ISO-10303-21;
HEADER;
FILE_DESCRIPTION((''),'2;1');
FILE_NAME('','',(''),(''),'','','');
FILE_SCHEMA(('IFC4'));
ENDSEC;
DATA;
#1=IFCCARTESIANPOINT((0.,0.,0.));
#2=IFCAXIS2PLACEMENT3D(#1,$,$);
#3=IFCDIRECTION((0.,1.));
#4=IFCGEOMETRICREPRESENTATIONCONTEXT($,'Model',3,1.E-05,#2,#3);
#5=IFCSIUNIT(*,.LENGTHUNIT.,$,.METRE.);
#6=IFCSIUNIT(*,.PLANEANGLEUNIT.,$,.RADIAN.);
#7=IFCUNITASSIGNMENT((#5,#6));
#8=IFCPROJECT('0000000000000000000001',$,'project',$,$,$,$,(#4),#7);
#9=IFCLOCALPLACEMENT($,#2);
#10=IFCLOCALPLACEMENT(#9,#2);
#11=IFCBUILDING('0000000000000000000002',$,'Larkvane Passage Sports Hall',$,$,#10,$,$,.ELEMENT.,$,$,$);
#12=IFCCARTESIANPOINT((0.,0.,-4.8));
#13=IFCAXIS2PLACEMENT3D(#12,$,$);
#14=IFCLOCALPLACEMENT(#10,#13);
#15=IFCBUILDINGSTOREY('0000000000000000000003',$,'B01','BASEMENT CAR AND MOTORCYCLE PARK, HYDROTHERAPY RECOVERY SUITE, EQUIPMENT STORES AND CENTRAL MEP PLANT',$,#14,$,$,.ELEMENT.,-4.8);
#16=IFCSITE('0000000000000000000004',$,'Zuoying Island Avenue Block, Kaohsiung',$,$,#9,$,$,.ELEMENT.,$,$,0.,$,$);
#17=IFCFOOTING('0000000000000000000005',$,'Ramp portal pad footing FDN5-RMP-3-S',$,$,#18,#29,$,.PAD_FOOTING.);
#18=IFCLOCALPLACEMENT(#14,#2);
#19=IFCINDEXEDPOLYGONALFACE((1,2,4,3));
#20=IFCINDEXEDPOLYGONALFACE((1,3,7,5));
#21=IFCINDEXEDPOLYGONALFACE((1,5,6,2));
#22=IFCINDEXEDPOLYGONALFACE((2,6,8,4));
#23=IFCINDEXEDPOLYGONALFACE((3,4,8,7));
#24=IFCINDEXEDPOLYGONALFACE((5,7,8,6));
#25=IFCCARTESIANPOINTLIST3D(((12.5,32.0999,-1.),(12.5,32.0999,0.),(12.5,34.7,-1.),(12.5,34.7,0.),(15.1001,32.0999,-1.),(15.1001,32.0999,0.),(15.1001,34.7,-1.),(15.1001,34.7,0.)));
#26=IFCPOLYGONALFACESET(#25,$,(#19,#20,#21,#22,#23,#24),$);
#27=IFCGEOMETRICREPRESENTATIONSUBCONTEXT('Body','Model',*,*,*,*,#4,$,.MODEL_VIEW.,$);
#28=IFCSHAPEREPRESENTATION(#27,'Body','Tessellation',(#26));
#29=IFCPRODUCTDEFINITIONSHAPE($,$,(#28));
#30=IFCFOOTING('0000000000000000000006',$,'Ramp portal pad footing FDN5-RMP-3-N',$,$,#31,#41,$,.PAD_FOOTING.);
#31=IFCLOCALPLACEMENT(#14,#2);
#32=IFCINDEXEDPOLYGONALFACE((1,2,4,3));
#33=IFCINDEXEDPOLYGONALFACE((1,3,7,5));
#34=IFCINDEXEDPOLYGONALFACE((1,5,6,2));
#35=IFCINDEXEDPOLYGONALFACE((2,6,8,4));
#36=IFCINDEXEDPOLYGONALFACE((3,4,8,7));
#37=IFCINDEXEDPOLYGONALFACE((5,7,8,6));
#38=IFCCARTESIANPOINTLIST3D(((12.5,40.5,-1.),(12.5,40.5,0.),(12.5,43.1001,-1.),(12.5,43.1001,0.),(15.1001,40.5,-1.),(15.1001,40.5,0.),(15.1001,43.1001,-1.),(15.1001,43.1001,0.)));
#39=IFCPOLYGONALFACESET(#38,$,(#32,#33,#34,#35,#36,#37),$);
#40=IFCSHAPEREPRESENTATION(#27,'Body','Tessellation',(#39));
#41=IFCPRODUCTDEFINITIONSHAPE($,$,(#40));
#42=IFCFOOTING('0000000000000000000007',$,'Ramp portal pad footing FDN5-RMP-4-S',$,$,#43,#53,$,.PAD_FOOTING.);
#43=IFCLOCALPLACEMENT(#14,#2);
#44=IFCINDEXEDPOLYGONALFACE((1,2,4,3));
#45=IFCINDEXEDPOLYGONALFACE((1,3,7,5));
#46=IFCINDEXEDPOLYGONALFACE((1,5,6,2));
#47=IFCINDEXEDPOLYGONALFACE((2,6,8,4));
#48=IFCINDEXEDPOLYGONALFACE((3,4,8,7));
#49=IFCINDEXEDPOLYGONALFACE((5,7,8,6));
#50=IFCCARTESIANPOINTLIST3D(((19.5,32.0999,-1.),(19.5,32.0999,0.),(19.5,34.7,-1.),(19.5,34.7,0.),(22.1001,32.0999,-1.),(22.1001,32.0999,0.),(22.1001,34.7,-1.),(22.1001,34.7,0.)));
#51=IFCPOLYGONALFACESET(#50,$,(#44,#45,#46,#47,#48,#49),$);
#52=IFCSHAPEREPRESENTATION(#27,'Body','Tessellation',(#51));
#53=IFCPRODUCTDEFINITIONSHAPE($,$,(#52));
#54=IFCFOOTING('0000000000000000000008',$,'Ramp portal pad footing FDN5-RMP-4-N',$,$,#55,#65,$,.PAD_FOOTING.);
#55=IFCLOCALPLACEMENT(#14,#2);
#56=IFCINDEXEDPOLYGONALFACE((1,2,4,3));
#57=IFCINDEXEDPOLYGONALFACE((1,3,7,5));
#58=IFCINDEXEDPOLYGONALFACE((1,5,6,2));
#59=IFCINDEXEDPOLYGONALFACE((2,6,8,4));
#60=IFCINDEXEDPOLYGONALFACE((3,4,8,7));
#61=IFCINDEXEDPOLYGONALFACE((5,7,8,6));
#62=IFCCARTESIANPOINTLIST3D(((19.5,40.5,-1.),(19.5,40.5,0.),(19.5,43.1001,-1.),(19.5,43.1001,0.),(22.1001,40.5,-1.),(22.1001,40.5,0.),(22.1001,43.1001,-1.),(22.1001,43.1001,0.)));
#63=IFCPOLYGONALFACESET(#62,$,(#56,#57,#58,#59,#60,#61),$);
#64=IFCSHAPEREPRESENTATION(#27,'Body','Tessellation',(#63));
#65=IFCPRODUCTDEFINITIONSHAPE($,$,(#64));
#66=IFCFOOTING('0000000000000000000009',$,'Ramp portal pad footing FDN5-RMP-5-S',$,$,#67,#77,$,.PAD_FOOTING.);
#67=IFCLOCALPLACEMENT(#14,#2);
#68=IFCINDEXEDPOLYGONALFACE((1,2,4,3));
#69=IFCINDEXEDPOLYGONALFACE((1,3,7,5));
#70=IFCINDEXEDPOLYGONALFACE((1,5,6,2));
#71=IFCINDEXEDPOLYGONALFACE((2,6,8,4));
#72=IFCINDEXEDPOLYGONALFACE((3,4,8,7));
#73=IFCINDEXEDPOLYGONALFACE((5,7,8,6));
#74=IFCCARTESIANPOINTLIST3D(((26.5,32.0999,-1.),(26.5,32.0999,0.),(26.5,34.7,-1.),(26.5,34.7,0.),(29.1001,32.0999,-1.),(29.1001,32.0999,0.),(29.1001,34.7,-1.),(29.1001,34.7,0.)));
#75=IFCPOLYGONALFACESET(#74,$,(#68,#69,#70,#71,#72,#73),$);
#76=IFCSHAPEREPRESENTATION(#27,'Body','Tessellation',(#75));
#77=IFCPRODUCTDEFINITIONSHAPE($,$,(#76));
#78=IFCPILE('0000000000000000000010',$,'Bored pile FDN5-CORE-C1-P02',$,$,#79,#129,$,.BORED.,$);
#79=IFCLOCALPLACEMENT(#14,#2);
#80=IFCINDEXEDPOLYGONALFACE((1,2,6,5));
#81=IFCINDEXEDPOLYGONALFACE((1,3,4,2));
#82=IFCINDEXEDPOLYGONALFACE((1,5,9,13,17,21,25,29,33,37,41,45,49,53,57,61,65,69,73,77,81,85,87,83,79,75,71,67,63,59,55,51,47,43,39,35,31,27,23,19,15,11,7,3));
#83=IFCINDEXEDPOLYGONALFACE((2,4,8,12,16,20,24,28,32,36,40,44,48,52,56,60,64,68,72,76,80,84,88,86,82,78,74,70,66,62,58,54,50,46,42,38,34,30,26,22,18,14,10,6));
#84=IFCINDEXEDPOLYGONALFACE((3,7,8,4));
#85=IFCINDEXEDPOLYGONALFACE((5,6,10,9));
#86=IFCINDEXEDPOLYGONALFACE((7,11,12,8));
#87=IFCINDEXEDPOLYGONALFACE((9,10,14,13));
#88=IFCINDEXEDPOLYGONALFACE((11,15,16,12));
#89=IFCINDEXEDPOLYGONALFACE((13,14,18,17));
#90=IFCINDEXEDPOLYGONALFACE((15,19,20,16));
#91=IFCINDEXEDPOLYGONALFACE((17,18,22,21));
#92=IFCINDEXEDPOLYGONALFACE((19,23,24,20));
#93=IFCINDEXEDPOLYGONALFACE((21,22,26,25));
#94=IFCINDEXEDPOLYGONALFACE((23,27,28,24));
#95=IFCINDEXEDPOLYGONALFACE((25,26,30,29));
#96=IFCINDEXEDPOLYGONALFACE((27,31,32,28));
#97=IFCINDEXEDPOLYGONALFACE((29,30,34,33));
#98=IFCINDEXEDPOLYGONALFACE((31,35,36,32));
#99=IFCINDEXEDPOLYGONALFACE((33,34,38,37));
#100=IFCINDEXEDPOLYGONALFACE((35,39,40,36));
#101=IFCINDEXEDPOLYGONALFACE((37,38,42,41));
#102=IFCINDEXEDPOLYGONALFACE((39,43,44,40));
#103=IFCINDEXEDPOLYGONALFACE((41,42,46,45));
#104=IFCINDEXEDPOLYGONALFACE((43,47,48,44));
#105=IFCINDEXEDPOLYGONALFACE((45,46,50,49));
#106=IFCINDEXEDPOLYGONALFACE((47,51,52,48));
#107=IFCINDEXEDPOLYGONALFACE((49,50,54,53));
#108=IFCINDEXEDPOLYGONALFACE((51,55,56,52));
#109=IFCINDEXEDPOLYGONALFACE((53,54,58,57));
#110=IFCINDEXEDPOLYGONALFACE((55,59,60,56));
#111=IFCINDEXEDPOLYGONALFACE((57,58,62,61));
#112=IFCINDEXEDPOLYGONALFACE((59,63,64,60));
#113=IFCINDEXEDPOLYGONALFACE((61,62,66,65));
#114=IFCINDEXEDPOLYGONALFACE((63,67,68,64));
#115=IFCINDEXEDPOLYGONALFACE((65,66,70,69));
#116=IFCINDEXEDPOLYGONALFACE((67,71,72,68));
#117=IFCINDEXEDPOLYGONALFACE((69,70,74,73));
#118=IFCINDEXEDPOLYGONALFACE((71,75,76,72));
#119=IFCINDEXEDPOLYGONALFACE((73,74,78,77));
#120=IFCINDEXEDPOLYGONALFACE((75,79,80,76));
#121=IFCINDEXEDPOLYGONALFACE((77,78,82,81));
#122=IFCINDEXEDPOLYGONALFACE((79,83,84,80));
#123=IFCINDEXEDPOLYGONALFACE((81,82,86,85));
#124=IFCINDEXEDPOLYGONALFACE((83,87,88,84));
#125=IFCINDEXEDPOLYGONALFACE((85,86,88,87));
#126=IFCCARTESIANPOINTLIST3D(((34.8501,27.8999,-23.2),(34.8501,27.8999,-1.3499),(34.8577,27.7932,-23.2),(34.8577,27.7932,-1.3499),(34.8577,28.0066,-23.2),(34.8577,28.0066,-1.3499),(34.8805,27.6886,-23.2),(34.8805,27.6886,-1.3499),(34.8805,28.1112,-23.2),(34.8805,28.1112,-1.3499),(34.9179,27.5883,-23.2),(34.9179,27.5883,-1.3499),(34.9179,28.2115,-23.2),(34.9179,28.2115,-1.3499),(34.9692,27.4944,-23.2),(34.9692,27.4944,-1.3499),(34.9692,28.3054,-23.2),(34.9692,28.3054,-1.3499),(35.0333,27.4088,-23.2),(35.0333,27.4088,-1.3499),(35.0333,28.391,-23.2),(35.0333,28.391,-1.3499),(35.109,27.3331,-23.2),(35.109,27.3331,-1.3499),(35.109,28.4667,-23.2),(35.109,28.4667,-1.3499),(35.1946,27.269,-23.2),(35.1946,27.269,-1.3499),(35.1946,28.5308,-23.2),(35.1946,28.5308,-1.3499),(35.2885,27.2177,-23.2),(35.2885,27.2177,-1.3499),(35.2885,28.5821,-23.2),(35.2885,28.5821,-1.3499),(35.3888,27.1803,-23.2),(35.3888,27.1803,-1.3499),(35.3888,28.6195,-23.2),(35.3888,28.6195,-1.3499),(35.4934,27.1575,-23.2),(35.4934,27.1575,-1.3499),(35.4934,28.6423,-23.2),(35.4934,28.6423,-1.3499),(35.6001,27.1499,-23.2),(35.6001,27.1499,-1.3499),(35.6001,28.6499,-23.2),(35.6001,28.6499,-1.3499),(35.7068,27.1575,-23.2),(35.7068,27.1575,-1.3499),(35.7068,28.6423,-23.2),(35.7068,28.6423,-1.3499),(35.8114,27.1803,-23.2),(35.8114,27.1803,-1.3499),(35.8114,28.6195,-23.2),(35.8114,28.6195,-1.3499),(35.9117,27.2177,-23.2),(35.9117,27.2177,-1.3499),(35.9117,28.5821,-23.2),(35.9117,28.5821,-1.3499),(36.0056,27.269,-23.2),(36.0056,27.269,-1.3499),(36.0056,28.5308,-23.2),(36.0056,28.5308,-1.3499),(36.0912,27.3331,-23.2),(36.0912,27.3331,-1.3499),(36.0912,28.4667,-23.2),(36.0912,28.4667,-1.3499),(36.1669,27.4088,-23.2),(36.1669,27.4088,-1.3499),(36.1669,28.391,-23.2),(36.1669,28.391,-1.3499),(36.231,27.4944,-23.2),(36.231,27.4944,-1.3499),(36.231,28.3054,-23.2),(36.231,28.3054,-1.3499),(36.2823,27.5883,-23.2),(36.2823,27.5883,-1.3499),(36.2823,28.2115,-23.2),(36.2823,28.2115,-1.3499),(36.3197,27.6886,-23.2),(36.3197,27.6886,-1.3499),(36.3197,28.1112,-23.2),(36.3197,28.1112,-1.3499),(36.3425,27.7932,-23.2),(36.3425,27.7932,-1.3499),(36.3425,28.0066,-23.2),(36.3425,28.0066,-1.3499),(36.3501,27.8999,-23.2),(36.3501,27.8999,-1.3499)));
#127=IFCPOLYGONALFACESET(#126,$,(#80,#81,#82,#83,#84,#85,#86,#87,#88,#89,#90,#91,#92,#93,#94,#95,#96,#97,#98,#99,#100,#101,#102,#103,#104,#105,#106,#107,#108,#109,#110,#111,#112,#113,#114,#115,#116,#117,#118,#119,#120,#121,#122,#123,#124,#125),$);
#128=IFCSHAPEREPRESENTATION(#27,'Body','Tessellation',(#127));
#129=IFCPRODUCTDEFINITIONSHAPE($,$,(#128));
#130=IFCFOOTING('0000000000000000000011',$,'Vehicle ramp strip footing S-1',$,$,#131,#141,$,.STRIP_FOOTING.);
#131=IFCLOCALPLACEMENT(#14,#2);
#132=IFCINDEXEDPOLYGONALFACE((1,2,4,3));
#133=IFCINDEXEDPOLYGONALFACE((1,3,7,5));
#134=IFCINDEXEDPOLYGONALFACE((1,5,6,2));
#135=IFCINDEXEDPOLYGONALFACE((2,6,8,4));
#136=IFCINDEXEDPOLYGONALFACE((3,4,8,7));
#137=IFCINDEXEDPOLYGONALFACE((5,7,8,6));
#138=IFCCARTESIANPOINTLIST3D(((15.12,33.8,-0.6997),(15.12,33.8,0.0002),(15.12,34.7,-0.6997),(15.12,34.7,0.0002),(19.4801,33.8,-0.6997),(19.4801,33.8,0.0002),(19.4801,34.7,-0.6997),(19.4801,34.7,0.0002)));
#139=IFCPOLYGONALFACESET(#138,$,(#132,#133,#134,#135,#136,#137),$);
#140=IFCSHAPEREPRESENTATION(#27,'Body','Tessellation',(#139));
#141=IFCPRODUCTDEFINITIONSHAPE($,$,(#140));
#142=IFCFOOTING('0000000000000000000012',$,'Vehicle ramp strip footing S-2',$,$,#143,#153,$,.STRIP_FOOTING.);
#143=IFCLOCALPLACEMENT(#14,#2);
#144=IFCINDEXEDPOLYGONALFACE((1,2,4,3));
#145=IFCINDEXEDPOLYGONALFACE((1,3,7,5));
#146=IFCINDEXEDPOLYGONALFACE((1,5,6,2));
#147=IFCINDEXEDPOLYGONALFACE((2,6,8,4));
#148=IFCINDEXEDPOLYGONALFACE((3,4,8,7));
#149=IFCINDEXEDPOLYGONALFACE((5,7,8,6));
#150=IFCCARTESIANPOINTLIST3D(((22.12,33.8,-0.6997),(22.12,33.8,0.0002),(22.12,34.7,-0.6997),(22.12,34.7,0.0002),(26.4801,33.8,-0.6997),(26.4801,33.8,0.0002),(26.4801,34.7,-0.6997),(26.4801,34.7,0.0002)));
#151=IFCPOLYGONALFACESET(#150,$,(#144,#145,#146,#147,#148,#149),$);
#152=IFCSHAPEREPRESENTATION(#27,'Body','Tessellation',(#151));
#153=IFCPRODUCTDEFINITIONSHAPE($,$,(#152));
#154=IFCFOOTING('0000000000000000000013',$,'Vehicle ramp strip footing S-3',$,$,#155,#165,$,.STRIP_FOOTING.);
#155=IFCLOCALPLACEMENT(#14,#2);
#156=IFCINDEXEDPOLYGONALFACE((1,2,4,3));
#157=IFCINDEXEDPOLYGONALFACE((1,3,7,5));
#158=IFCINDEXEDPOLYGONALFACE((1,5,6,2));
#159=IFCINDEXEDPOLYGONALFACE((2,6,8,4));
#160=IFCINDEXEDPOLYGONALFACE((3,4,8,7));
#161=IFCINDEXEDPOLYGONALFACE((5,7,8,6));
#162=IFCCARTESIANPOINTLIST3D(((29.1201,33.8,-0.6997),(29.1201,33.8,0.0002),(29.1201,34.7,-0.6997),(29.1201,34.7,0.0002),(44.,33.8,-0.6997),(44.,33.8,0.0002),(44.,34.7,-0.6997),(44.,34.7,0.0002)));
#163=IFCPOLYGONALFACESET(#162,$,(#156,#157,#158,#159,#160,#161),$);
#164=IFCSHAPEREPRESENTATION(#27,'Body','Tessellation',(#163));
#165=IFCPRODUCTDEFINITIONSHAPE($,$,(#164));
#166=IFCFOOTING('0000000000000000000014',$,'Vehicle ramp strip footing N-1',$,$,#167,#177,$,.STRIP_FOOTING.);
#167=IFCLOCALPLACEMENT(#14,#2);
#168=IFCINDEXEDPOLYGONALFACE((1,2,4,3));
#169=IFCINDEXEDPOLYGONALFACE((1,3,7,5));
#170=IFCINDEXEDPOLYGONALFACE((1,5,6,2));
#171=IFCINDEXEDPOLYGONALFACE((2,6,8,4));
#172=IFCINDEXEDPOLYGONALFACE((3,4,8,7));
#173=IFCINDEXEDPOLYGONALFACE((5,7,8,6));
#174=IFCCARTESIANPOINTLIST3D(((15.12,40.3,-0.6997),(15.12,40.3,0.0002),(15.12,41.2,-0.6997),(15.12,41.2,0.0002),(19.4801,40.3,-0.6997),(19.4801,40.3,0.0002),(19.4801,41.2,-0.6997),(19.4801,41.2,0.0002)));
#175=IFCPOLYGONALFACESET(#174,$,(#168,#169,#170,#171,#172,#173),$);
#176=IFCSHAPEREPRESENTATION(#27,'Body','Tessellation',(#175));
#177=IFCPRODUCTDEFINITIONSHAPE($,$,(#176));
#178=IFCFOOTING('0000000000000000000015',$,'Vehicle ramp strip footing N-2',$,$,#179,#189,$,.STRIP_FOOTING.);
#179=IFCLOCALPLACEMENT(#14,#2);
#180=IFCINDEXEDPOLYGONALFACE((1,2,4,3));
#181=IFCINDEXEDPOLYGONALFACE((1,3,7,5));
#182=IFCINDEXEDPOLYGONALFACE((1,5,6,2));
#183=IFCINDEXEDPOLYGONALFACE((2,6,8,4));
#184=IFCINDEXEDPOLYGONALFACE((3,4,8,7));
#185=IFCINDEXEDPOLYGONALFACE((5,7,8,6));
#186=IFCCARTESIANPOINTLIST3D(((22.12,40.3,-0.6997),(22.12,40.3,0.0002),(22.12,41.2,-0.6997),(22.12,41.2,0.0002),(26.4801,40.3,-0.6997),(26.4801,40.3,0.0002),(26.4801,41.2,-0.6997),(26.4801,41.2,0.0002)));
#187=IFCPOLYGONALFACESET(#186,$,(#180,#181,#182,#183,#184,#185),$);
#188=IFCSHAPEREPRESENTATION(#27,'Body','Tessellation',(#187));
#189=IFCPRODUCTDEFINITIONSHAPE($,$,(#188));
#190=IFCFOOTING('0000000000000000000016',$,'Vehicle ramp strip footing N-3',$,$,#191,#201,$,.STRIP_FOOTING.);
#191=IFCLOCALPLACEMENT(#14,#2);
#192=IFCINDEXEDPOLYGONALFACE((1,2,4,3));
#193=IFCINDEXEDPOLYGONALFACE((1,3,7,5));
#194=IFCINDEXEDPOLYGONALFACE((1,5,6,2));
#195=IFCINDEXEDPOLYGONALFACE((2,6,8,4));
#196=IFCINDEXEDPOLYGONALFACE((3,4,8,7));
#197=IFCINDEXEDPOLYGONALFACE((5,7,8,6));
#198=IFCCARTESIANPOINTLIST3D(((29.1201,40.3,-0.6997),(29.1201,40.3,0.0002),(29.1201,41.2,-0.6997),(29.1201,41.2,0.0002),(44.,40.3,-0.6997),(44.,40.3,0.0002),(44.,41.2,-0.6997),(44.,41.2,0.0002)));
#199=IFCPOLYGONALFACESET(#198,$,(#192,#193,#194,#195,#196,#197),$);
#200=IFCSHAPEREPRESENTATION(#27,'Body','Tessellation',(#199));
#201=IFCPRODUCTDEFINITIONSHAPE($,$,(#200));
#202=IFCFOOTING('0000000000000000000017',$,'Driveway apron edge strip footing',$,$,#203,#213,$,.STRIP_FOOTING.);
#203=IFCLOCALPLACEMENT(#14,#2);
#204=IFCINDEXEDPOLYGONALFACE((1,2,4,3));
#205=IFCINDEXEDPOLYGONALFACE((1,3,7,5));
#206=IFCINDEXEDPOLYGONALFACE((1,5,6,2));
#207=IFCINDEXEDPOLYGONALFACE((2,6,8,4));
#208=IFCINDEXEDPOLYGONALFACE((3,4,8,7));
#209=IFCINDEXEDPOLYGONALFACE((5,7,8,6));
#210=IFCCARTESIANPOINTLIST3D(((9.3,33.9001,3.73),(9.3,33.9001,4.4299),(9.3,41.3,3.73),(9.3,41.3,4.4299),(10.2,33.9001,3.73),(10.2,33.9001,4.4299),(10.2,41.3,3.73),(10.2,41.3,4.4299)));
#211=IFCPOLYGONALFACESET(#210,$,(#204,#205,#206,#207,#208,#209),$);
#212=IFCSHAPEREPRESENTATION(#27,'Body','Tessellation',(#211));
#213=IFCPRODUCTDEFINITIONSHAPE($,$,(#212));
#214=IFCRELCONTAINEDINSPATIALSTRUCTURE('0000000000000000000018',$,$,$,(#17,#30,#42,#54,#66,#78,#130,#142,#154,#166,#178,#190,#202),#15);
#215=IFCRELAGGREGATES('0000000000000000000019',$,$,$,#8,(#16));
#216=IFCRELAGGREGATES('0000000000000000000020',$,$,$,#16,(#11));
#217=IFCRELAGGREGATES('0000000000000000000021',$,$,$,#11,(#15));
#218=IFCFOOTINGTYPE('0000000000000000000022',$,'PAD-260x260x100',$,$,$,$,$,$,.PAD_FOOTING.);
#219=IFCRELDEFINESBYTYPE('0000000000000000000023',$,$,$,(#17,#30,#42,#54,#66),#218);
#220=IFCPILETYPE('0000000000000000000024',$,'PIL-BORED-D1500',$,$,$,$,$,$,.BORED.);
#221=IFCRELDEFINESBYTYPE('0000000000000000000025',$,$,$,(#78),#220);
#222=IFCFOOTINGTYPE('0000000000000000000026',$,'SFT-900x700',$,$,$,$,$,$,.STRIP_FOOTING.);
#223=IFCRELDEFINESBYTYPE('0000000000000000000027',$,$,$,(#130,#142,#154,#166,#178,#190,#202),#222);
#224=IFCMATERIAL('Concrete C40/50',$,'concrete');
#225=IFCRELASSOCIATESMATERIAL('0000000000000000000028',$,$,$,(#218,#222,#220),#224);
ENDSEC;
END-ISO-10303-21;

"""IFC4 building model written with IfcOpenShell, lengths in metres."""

from ifc_helpers import new_model, si_unit, direction, frame, origin, origin_2d, place, context, subcontext, project, spatial, rectangle, circle, extrude, material, material_profile, profile_set, type_object, element, save


model = new_model("IFC4")

# Units and contexts
model_context = context("Model", 3, precision=1e-05, world=origin(), true_north=direction((0.0, 1.0)))
body_context = subcontext(model_context, "Body", "Model", "MODEL_VIEW")
ifc_project = project(units=[si_unit("LENGTHUNIT", "METRE"), si_unit("PLANEANGLEUNIT", "RADIAN")], contexts=[model_context])

# Site, building, storey
site_placement = place(None, origin())
site = spatial("IfcSite", under=ifc_project, at=site_placement, Name="Zuoying Island Avenue Block, Kaohsiung", CompositionType="ELEMENT", RefElevation=0.0)
building_placement = place(site_placement, origin())
building = spatial("IfcBuilding", under=site, at=building_placement, Name="Larkvane Passage Sports Hall", CompositionType="ELEMENT")
storey_placement = place(building_placement, frame((0.0, 0.0, -4.8)))
storey = spatial("IfcBuildingStorey", under=building, at=storey_placement, Name="B01", Description="BASEMENT CAR AND MOTORCYCLE PARK, HYDROTHERAPY RECOVERY SUITE, EQUIPMENT STORES AND CENTRAL MEP PLANT", CompositionType="ELEMENT", Elevation=-4.8)

# Footings
ifc_material_1 = material(Name="Concrete C40/50", Category="concrete")
footing_type_1 = type_object("IfcFootingType", Name="PAD-260x260x100", PredefinedType="PAD_FOOTING", material=ifc_material_1)
for number, where, z_axis, x_axis, name in (
    (1, (13.8, 33.3999, -1.0), (0.0, 0.0, 1.0), (1.0, 0.0, 0.0), "Ramp portal pad footing FDN5-RMP-3-S"),
    (2, (13.8, 41.8, -1.0), (0.0, 0.0, 1.0), (1.0, 0.0, 0.0), "Ramp portal pad footing FDN5-RMP-3-N"),
    (3, (20.8, 33.3999, -1.0), (0.0, 0.0, 1.0), (1.0, 0.0, 0.0), "Ramp portal pad footing FDN5-RMP-4-S"),
    (4, (20.8, 41.8, -1.0), (0.0, 0.0, 1.0), (1.0, 0.0, 0.0), "Ramp portal pad footing FDN5-RMP-4-N"),
    (5, (27.8, 33.3999, -1.0), (0.0, 0.0, 1.0), (1.0, 0.0, 0.0), "Ramp portal pad footing FDN5-RMP-5-S"),
):
    element("IfcFooting", number, at=place(storey_placement, frame(where, z_axis=z_axis, x_axis=x_axis)), inside=storey, type_object=footing_type_1, Name=name, PredefinedType="PAD_FOOTING", context=body_context, shape_type="SweptSolid", body=[
        extrude(rectangle(XDim=2.6001, YDim=2.6001, at=origin_2d()), origin(), (0.0, 0.0, 1.0), 1.0),
    ])

# Pile
ifc_material_profile_1 = material_profile(ifc_material_1, circle(Radius=0.75, at=origin_2d()), Name="PILE-D1500")
ifc_profile_set_1 = profile_set([ifc_material_profile_1], Name="Concrete C40/50")
pile_type = type_object("IfcPileType", Name="PIL-BORED-D1500", PredefinedType="BORED", material=ifc_profile_set_1)
pile_placement = place(storey_placement, frame((35.6001, 27.8999, -1.3499), z_axis=(0.0, 0.0, -1.0), x_axis=(1.0, 0.0, 0.0)))
element("IfcPile", 6, at=pile_placement, inside=storey, type_object=pile_type, Name="Bored pile FDN5-CORE-C1-P02", PredefinedType="BORED", context=body_context, shape_type="SweptSolid", body=[
    extrude(circle(Radius=0.75, at=origin_2d()), origin(), (0.0, 0.0, 1.0), 21.8501),
])

# Footings
footing_type_2 = type_object("IfcFootingType", Name="SFT-900x700", PredefinedType="STRIP_FOOTING", material=ifc_material_1)
for number, where, z_axis, x_axis, name in (
    (7, (17.3, 34.25, -0.6997), (0.0, 0.0, 1.0), (1.0, 0.0, 0.0), "Vehicle ramp strip footing S-1"),
    (8, (24.3, 34.25, -0.6997), (0.0, 0.0, 1.0), (1.0, 0.0, 0.0), "Vehicle ramp strip footing S-2"),
):
    element("IfcFooting", number, at=place(storey_placement, frame(where, z_axis=z_axis, x_axis=x_axis)), inside=storey, type_object=footing_type_2, Name=name, PredefinedType="STRIP_FOOTING", context=body_context, shape_type="SweptSolid", body=[
        extrude(rectangle(XDim=4.3601, YDim=0.8999, at=origin_2d()), origin(), (0.0, 0.0, 1.0), 0.7),
    ])
footing_1_placement = place(storey_placement, frame((36.5601, 34.25, -0.6997), z_axis=(0.0, 0.0, 1.0), x_axis=(1.0, 0.0, 0.0)))
element("IfcFooting", 9, at=footing_1_placement, inside=storey, type_object=footing_type_2, Name="Vehicle ramp strip footing S-3", PredefinedType="STRIP_FOOTING", context=body_context, shape_type="SweptSolid", body=[
    extrude(rectangle(XDim=14.8799, YDim=0.8999, at=origin_2d()), origin(), (0.0, 0.0, 1.0), 0.7),
])
for number, where, z_axis, x_axis, name in (
    (10, (17.3, 40.75, -0.6997), (0.0, 0.0, 1.0), (1.0, 0.0, 0.0), "Vehicle ramp strip footing N-1"),
    (11, (24.3, 40.75, -0.6997), (0.0, 0.0, 1.0), (1.0, 0.0, 0.0), "Vehicle ramp strip footing N-2"),
):
    element("IfcFooting", number, at=place(storey_placement, frame(where, z_axis=z_axis, x_axis=x_axis)), inside=storey, type_object=footing_type_2, Name=name, PredefinedType="STRIP_FOOTING", context=body_context, shape_type="SweptSolid", body=[
        extrude(rectangle(XDim=4.3601, YDim=0.8999, at=origin_2d()), origin(), (0.0, 0.0, 1.0), 0.7),
    ])
footing_2_placement = place(storey_placement, frame((36.5601, 40.75, -0.6997), z_axis=(0.0, 0.0, 1.0), x_axis=(1.0, 0.0, 0.0)))
element("IfcFooting", 12, at=footing_2_placement, inside=storey, type_object=footing_type_2, Name="Vehicle ramp strip footing N-3", PredefinedType="STRIP_FOOTING", context=body_context, shape_type="SweptSolid", body=[
    extrude(rectangle(XDim=14.8799, YDim=0.8999, at=origin_2d()), origin(), (0.0, 0.0, 1.0), 0.7),
])
footing_3_placement = place(storey_placement, frame((9.75, 37.6001, 3.73), z_axis=(0.0, 0.0, 1.0), x_axis=(1.0, 0.0, 0.0)))
element("IfcFooting", 13, at=footing_3_placement, inside=storey, type_object=footing_type_2, Name="Driveway apron edge strip footing", PredefinedType="STRIP_FOOTING", context=body_context, shape_type="SweptSolid", body=[
    extrude(rectangle(XDim=0.8999, YDim=7.3999, at=origin_2d()), origin(), (0.0, 0.0, 1.0), 0.7),
])

save(model, "model.ifc")
